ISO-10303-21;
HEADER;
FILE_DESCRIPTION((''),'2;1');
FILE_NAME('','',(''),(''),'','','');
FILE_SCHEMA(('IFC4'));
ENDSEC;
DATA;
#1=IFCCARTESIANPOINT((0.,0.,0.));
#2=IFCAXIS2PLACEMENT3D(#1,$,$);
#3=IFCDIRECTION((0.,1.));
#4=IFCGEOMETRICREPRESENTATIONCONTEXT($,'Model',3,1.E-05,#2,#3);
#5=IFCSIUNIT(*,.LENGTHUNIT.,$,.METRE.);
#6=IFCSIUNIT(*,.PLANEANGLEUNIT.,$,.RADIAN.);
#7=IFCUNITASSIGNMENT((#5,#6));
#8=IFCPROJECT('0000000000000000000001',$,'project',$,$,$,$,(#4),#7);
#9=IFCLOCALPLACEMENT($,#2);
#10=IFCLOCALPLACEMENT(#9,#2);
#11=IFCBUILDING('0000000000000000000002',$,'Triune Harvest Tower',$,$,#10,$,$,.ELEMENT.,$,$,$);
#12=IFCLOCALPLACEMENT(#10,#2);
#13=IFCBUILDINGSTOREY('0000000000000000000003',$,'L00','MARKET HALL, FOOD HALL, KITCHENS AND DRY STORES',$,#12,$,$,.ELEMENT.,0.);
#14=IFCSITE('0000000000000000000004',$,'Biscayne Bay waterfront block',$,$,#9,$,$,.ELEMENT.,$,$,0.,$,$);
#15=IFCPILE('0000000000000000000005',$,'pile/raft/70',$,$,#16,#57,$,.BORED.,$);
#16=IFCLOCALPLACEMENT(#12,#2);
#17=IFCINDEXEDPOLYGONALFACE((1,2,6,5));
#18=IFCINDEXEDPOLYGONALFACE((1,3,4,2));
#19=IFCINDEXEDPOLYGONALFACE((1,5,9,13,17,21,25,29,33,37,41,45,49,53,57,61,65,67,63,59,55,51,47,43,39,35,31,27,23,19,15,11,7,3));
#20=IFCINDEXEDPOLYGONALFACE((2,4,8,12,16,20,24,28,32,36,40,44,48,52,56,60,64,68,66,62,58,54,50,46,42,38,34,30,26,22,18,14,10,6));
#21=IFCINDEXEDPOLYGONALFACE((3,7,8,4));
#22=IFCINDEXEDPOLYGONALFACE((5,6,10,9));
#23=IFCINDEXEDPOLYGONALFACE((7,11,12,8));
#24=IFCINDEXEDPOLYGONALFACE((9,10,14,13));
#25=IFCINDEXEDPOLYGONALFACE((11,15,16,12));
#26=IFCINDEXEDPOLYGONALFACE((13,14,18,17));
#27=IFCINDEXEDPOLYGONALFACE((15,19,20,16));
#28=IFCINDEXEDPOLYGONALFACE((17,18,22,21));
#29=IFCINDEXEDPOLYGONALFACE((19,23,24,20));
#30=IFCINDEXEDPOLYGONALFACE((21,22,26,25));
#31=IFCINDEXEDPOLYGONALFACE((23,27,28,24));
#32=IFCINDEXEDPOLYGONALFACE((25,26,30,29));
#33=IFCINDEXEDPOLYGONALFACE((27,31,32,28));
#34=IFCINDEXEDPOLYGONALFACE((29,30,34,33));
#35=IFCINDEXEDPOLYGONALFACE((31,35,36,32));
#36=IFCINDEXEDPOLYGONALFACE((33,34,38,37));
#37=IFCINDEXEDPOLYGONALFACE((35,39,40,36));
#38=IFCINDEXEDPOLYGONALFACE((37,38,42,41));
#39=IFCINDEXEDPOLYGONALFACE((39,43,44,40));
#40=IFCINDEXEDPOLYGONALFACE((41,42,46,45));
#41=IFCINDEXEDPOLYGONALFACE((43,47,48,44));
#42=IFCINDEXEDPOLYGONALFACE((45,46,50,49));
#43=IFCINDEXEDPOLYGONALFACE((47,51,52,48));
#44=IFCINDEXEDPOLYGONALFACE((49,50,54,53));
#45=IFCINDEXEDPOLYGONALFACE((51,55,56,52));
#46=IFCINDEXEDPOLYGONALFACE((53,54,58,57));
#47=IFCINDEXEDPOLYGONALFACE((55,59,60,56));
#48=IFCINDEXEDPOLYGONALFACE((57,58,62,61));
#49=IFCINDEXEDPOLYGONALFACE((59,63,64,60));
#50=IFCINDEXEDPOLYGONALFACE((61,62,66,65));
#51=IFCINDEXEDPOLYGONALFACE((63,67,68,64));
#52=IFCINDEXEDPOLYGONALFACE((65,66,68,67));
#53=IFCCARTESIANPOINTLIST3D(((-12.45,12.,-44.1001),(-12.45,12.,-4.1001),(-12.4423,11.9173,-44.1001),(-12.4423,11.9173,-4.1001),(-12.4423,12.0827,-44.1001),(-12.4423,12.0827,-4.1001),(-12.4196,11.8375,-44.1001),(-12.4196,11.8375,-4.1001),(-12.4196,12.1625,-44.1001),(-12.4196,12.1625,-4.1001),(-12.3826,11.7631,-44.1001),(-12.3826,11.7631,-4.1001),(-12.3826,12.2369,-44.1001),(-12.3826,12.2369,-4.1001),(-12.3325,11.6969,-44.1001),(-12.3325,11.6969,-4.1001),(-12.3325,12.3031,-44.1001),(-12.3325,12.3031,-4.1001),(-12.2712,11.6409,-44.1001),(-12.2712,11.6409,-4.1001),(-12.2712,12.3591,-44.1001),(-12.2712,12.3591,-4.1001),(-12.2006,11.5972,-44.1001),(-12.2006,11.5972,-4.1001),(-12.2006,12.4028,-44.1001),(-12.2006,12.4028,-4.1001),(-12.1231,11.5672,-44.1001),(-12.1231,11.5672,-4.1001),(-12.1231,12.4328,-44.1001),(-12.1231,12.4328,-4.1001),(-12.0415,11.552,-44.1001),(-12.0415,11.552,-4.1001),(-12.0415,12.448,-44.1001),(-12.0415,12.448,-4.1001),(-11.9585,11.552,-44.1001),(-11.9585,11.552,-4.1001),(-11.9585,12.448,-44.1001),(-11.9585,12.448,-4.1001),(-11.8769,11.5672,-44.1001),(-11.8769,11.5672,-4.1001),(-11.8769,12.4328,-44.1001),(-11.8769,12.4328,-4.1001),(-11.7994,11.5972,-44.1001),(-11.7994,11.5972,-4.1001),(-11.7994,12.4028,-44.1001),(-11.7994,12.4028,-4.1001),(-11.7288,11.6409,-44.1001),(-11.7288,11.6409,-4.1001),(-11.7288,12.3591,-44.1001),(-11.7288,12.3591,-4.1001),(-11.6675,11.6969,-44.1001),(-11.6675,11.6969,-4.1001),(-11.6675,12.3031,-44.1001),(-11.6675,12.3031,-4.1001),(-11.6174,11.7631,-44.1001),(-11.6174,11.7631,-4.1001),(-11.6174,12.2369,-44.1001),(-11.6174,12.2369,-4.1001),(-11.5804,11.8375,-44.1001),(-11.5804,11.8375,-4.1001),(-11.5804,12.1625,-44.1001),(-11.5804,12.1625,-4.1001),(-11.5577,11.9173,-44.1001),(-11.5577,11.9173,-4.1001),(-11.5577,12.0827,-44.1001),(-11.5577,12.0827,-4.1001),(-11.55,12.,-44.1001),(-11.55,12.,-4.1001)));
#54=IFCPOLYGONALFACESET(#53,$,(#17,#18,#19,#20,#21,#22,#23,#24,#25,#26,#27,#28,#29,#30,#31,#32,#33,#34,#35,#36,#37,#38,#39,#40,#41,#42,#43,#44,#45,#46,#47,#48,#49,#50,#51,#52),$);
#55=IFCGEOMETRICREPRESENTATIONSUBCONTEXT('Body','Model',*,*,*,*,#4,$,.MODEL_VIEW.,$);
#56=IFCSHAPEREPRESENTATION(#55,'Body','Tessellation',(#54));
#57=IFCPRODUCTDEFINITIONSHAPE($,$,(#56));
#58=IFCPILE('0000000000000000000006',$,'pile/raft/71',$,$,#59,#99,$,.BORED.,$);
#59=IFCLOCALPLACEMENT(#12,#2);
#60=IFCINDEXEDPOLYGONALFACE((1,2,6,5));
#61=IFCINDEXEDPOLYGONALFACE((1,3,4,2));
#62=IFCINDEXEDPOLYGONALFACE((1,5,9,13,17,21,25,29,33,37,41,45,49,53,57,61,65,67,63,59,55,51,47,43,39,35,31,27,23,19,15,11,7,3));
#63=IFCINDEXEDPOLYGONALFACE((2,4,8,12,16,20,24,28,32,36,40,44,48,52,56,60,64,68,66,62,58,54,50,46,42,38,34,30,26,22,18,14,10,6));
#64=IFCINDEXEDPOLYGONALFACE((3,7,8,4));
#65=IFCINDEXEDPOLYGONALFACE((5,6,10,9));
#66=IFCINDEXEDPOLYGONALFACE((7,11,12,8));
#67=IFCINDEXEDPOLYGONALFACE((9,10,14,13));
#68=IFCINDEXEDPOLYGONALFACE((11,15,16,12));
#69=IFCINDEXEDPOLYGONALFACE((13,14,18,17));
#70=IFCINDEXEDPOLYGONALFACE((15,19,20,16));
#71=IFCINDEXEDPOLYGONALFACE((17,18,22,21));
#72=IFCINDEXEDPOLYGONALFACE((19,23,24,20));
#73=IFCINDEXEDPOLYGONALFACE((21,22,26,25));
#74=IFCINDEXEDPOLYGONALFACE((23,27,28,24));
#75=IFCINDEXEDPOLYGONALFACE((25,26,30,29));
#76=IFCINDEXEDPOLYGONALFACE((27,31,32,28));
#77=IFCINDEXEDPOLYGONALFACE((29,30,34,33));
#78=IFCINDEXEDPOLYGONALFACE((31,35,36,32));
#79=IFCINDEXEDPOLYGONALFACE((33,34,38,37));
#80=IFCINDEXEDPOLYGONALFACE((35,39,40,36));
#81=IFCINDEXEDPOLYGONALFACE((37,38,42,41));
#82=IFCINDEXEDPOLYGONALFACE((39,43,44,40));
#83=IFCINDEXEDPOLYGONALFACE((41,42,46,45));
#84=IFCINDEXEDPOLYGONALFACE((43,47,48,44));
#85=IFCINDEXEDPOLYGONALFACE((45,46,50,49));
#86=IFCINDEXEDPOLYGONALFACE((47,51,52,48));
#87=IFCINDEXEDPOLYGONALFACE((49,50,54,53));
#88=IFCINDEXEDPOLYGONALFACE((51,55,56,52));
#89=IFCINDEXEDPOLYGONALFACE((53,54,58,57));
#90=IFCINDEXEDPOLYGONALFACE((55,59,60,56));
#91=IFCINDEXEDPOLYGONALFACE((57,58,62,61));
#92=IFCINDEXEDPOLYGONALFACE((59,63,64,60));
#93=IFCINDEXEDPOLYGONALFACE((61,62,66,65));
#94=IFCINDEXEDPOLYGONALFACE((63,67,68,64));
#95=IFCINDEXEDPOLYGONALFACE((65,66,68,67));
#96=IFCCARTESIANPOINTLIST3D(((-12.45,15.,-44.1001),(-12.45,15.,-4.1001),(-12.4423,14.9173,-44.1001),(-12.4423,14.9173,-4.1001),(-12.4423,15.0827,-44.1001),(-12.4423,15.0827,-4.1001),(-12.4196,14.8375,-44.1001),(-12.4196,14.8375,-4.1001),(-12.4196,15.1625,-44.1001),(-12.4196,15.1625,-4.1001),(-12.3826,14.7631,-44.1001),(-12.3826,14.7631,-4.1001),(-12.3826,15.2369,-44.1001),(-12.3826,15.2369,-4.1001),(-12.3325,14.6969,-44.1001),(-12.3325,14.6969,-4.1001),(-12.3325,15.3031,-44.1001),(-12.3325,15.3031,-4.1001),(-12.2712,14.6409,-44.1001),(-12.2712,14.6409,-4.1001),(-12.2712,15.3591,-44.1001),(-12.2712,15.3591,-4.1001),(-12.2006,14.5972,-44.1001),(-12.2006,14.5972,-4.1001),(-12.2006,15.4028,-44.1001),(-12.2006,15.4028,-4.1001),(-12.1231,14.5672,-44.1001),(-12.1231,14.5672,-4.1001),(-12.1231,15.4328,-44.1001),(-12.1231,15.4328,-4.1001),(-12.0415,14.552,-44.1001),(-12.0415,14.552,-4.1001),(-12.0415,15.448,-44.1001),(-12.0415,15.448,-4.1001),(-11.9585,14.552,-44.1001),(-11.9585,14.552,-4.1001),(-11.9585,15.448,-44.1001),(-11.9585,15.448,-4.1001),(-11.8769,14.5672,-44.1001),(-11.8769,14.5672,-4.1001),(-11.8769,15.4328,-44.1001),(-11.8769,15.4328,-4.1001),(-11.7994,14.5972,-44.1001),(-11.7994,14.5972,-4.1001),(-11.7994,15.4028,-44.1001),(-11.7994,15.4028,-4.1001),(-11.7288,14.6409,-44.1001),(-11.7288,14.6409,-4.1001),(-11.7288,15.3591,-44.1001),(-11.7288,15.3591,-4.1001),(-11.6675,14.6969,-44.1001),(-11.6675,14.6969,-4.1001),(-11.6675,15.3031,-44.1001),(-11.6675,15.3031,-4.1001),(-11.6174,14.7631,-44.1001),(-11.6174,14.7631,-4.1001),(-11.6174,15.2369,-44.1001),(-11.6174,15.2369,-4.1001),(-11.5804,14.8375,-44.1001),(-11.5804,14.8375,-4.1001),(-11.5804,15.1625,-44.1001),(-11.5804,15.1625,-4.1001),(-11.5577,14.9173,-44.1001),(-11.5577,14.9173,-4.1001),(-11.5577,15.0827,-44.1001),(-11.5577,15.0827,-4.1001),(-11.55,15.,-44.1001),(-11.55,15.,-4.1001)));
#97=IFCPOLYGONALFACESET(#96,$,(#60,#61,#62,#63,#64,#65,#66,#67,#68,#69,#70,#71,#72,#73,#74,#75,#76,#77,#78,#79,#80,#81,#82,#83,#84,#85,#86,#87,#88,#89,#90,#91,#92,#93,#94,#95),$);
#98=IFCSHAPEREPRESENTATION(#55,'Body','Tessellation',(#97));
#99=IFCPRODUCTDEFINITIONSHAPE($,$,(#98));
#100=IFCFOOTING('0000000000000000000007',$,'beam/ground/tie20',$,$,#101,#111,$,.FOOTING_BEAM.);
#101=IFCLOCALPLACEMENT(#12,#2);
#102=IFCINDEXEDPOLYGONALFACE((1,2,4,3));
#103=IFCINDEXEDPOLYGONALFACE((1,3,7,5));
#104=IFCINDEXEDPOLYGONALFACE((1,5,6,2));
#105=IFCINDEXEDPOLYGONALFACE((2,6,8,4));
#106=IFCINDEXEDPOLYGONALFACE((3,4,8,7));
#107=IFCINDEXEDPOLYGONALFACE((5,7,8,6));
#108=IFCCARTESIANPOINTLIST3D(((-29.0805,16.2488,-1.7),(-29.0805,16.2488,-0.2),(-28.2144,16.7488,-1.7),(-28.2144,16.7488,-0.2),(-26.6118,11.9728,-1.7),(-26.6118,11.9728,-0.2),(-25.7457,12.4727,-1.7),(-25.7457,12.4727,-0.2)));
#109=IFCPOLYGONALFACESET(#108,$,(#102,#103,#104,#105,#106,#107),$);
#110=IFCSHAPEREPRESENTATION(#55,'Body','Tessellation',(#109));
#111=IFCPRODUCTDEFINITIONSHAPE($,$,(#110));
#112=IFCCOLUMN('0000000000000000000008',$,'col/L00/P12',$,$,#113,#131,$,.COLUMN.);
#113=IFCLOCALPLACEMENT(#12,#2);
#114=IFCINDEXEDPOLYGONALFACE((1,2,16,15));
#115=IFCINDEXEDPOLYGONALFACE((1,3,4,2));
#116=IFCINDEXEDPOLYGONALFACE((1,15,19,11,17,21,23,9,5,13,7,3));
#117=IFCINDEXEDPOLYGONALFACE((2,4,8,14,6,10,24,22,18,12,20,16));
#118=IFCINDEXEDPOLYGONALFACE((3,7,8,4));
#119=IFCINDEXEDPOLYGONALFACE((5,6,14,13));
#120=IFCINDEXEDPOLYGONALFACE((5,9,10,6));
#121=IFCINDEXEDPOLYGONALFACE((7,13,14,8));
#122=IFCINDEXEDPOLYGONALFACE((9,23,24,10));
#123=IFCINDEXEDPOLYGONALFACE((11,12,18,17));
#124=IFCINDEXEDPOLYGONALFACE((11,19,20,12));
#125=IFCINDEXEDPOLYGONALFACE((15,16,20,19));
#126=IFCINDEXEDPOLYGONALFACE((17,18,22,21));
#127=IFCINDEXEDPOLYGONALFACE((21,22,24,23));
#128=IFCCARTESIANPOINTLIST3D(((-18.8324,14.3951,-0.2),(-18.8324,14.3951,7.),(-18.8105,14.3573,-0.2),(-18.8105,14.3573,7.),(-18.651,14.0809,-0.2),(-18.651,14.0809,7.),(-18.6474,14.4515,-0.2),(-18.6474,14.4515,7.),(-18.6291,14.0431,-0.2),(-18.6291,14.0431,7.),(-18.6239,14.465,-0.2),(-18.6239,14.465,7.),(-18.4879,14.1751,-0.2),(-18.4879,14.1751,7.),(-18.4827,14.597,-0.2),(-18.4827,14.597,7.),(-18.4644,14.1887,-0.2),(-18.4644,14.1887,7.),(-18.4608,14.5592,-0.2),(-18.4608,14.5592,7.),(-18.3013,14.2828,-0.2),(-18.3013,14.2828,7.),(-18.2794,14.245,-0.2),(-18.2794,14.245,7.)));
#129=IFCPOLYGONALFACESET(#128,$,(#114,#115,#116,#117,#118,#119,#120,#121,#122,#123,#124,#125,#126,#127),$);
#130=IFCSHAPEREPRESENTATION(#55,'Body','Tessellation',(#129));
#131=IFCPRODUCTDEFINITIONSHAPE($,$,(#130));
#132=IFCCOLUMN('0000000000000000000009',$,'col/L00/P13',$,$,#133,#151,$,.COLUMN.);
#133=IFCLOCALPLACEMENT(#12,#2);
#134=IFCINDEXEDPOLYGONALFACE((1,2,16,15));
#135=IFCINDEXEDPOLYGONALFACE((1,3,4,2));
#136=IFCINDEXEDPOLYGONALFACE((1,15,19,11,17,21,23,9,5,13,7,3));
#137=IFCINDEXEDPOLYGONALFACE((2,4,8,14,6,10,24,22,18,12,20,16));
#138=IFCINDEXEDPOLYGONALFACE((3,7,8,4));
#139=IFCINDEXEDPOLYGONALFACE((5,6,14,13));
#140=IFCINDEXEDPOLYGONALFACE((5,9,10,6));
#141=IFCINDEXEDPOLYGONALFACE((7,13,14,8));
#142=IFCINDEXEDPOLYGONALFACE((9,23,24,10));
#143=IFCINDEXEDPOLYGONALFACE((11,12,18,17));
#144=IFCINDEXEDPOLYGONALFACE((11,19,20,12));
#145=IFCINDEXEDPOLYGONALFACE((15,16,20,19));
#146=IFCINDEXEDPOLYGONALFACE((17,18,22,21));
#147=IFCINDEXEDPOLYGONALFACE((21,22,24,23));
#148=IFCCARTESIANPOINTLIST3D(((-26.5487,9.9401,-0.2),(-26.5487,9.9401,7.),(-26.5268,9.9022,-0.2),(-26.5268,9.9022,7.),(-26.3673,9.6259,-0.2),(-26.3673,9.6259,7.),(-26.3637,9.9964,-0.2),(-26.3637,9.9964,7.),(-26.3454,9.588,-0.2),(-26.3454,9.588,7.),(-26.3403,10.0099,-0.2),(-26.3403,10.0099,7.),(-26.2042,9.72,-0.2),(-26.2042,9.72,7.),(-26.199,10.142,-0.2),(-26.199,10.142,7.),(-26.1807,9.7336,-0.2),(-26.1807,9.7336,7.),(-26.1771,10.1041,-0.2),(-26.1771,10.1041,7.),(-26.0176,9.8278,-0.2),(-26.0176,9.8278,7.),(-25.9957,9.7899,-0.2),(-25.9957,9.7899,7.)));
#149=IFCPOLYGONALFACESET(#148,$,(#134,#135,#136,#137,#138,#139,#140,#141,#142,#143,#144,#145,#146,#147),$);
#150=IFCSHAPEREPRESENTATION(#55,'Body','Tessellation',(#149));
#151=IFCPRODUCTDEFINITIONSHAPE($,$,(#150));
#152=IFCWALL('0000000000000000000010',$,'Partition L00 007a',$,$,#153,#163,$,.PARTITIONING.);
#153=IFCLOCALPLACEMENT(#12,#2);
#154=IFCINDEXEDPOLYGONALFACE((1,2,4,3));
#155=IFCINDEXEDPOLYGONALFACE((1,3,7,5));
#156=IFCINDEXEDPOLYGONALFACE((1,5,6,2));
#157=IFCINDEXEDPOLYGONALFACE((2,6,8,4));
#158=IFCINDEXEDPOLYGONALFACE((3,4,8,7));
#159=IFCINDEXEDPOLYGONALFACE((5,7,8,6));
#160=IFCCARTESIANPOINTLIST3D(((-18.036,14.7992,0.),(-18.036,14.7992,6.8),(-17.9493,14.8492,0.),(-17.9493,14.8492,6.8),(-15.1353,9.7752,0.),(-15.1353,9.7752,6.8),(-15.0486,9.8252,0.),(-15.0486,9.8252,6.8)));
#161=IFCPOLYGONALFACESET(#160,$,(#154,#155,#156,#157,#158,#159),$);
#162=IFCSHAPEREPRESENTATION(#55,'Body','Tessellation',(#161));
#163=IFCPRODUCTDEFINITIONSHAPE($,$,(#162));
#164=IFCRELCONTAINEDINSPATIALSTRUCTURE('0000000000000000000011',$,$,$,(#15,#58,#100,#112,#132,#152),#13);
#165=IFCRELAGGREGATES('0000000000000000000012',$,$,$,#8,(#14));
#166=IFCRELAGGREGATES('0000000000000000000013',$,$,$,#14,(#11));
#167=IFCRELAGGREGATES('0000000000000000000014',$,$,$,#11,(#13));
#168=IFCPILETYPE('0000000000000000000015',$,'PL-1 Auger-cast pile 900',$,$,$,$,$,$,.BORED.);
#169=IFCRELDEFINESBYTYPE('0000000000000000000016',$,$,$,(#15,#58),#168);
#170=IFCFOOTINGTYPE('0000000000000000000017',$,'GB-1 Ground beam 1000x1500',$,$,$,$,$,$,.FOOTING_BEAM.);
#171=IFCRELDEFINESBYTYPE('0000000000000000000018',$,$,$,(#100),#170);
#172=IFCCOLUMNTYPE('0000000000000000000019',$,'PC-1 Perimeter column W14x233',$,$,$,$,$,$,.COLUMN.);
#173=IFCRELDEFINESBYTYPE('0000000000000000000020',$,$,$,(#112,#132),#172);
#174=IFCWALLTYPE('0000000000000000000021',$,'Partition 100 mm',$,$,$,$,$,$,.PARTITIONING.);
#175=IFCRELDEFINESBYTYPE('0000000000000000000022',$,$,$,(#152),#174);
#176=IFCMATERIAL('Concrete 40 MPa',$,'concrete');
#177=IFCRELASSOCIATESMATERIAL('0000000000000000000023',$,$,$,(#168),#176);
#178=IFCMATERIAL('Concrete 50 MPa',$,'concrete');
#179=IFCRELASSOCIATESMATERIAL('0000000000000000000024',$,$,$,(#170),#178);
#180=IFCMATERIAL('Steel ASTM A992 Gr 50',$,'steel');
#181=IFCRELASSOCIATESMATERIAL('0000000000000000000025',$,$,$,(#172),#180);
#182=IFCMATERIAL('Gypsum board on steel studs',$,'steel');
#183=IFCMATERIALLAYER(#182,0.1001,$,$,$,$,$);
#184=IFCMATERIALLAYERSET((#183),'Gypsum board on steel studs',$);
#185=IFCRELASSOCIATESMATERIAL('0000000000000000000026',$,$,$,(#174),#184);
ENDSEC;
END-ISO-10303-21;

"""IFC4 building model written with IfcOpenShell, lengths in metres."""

from ifc_helpers import new_model, si_unit, direction, frame, frame_2d, origin, origin_2d, place, context, subcontext, project, spatial, rectangle, circle, i_section, extrude, source, transform, mapped, material, layer, layer_set, material_profile, profile_set, type_object, element, save


model = new_model("IFC4")

# Units and contexts
model_context = context("Model", 3, precision=1e-05, world=origin(), true_north=direction((0.0, 1.0)))
body_context = subcontext(model_context, "Body", "Model", "MODEL_VIEW")
ifc_project = project(units=[si_unit("LENGTHUNIT", "METRE"), si_unit("PLANEANGLEUNIT", "RADIAN")], contexts=[model_context])

# Site, building, storey
site_placement = place(None, origin())
site = spatial("IfcSite", under=ifc_project, at=site_placement, Name="Biscayne Bay waterfront block", CompositionType="ELEMENT", RefElevation=0.0)
building_placement = place(site_placement, origin())
building = spatial("IfcBuilding", under=site, at=building_placement, Name="Triune Harvest Tower", CompositionType="ELEMENT")
storey_placement = place(building_placement, origin())
storey = spatial("IfcBuildingStorey", under=building, at=storey_placement, Name="L00", Description="MARKET HALL, FOOD HALL, KITCHENS AND DRY STORES", CompositionType="ELEMENT", Elevation=0.0)

# Piles
ifc_material_1 = material(Name="Concrete 40 MPa", Category="concrete")
ifc_material_profile_1 = material_profile(ifc_material_1, circle(Radius=0.45, at=origin_2d()), Name="Bored 900")
ifc_profile_set_1 = profile_set([ifc_material_profile_1], Name="Concrete 40 MPa")
pile_type = type_object("IfcPileType", Name="PL-1 Auger-cast pile 900", PredefinedType="BORED", material=ifc_profile_set_1)
shared_shape_1 = source(origin(), body_context, "Body", "SweptSolid", [
    extrude(circle(Radius=0.45, at=origin_2d()), origin(), (0.0, 0.0, 1.0), 40.0),
])
for number, where, z_axis, x_axis, name in (
    (1, (-12.0, 12.0, -4.1001), (0.0, 0.0, -1.0), (1.0, 0.0, 0.0), "pile/raft/70"),
    (2, (-12.0, 15.0, -4.1001), (0.0, 0.0, -1.0), (1.0, 0.0, 0.0), "pile/raft/71"),
):
    element("IfcPile", number, at=place(storey_placement, frame(where, z_axis=z_axis, x_axis=x_axis)), inside=storey, type_object=pile_type, Name=name, PredefinedType="BORED", context=body_context, shape_type="MappedRepresentation", body=[
        mapped(shared_shape_1, transform((0.0, 0.0, 0.0), scale=1.0)),
    ])

# Footing
ifc_material_2 = material(Name="Concrete 50 MPa", Category="concrete")
ifc_material_profile_2 = material_profile(ifc_material_2, rectangle(XDim=1.0, YDim=1.5, at=origin_2d()), Name="Concrete 1000x1500")
ifc_profile_set_2 = profile_set([ifc_material_profile_2], Name="Concrete 50 MPa")
footing_type = type_object("IfcFootingType", Name="GB-1 Ground beam 1000x1500", PredefinedType="FOOTING_BEAM", material=ifc_profile_set_2)
shared_shape_2 = source(origin(), body_context, "Body", "SweptSolid", [
    extrude(rectangle(XDim=1.0, YDim=1.5, at=origin_2d()), origin(), (0.0, 0.0, 1.0), 4.9375),
])
footing_placement = place(storey_placement, frame((-28.6475, 16.4988, -0.95), z_axis=(0.499989, -0.866032, 0.0), x_axis=(0.866032, 0.499989, 0.0)))
element("IfcFooting", 3, at=footing_placement, inside=storey, type_object=footing_type, Name="beam/ground/tie20", PredefinedType="FOOTING_BEAM", context=body_context, shape_type="MappedRepresentation", body=[
    mapped(shared_shape_2, transform((0.0, 0.0, 0.0), scale=1.0)),
])

# Columns
ifc_material_3 = material(Name="Steel ASTM A992 Gr 50", Category="steel")
ifc_material_profile_3 = material_profile(ifc_material_3, i_section(OverallWidth=0.4038, OverallDepth=0.4065, WebThickness=0.0271, FlangeThickness=0.0437, at=origin_2d()), Name="W14x233")
ifc_profile_set_3 = profile_set([ifc_material_profile_3], Name="Steel ASTM A992 Gr 50")
column_type = type_object("IfcColumnType", Name="PC-1 Perimeter column W14x233", PredefinedType="COLUMN", material=ifc_profile_set_3)
shared_shape_3 = source(origin(), body_context, "Body", "SweptSolid", [
    extrude(i_section(OverallWidth=0.4038, OverallDepth=0.4065, WebThickness=0.0271, FlangeThickness=0.0437, at=origin_2d()), origin(), (0.0, 0.0, 1.0), 7.2),
])
for number, where, z_axis, x_axis, name in (
    (4, (-18.5559, 14.3201, -0.2), (0.0, 0.0, 1.0), (-0.866025, -0.5, 0.0), "col/L00/P12"),
    (5, (-26.2722, 9.865, -0.2), (0.0, 0.0, 1.0), (-0.866025, -0.5, 0.0), "col/L00/P13"),
):
    element("IfcColumn", number, at=place(storey_placement, frame(where, z_axis=z_axis, x_axis=x_axis)), inside=storey, type_object=column_type, Name=name, PredefinedType="COLUMN", context=body_context, shape_type="MappedRepresentation", body=[
        mapped(shared_shape_3, transform((0.0, 0.0, 0.0), scale=1.0)),
    ])

# Wall
ifc_material_4 = material(Name="Gypsum board on steel studs", Category="steel")
ifc_layer = layer(ifc_material_4, 0.1001)
ifc_layer_set = layer_set([ifc_layer], Name="Gypsum board on steel studs")
wall_type = type_object("IfcWallType", Name="Partition 100 mm", PredefinedType="PARTITIONING", material=ifc_layer_set)
wall_placement = place(storey_placement, frame((-17.9927, 14.8242, 0.0), z_axis=(0.0, 0.0, 1.0), x_axis=(0.500009, -0.86602, 0.0)))
element("IfcWall", 6, at=wall_placement, inside=storey, type_object=wall_type, Name="Partition L00 007a", PredefinedType="PARTITIONING", context=body_context, shape_type="SweptSolid", body=[
    extrude(rectangle(XDim=5.8013, YDim=0.1001, at=frame_2d((2.9006, 0.0))), origin(), (0.0, 0.0, 1.0), 6.8),
])

save(model, "model.ifc")
